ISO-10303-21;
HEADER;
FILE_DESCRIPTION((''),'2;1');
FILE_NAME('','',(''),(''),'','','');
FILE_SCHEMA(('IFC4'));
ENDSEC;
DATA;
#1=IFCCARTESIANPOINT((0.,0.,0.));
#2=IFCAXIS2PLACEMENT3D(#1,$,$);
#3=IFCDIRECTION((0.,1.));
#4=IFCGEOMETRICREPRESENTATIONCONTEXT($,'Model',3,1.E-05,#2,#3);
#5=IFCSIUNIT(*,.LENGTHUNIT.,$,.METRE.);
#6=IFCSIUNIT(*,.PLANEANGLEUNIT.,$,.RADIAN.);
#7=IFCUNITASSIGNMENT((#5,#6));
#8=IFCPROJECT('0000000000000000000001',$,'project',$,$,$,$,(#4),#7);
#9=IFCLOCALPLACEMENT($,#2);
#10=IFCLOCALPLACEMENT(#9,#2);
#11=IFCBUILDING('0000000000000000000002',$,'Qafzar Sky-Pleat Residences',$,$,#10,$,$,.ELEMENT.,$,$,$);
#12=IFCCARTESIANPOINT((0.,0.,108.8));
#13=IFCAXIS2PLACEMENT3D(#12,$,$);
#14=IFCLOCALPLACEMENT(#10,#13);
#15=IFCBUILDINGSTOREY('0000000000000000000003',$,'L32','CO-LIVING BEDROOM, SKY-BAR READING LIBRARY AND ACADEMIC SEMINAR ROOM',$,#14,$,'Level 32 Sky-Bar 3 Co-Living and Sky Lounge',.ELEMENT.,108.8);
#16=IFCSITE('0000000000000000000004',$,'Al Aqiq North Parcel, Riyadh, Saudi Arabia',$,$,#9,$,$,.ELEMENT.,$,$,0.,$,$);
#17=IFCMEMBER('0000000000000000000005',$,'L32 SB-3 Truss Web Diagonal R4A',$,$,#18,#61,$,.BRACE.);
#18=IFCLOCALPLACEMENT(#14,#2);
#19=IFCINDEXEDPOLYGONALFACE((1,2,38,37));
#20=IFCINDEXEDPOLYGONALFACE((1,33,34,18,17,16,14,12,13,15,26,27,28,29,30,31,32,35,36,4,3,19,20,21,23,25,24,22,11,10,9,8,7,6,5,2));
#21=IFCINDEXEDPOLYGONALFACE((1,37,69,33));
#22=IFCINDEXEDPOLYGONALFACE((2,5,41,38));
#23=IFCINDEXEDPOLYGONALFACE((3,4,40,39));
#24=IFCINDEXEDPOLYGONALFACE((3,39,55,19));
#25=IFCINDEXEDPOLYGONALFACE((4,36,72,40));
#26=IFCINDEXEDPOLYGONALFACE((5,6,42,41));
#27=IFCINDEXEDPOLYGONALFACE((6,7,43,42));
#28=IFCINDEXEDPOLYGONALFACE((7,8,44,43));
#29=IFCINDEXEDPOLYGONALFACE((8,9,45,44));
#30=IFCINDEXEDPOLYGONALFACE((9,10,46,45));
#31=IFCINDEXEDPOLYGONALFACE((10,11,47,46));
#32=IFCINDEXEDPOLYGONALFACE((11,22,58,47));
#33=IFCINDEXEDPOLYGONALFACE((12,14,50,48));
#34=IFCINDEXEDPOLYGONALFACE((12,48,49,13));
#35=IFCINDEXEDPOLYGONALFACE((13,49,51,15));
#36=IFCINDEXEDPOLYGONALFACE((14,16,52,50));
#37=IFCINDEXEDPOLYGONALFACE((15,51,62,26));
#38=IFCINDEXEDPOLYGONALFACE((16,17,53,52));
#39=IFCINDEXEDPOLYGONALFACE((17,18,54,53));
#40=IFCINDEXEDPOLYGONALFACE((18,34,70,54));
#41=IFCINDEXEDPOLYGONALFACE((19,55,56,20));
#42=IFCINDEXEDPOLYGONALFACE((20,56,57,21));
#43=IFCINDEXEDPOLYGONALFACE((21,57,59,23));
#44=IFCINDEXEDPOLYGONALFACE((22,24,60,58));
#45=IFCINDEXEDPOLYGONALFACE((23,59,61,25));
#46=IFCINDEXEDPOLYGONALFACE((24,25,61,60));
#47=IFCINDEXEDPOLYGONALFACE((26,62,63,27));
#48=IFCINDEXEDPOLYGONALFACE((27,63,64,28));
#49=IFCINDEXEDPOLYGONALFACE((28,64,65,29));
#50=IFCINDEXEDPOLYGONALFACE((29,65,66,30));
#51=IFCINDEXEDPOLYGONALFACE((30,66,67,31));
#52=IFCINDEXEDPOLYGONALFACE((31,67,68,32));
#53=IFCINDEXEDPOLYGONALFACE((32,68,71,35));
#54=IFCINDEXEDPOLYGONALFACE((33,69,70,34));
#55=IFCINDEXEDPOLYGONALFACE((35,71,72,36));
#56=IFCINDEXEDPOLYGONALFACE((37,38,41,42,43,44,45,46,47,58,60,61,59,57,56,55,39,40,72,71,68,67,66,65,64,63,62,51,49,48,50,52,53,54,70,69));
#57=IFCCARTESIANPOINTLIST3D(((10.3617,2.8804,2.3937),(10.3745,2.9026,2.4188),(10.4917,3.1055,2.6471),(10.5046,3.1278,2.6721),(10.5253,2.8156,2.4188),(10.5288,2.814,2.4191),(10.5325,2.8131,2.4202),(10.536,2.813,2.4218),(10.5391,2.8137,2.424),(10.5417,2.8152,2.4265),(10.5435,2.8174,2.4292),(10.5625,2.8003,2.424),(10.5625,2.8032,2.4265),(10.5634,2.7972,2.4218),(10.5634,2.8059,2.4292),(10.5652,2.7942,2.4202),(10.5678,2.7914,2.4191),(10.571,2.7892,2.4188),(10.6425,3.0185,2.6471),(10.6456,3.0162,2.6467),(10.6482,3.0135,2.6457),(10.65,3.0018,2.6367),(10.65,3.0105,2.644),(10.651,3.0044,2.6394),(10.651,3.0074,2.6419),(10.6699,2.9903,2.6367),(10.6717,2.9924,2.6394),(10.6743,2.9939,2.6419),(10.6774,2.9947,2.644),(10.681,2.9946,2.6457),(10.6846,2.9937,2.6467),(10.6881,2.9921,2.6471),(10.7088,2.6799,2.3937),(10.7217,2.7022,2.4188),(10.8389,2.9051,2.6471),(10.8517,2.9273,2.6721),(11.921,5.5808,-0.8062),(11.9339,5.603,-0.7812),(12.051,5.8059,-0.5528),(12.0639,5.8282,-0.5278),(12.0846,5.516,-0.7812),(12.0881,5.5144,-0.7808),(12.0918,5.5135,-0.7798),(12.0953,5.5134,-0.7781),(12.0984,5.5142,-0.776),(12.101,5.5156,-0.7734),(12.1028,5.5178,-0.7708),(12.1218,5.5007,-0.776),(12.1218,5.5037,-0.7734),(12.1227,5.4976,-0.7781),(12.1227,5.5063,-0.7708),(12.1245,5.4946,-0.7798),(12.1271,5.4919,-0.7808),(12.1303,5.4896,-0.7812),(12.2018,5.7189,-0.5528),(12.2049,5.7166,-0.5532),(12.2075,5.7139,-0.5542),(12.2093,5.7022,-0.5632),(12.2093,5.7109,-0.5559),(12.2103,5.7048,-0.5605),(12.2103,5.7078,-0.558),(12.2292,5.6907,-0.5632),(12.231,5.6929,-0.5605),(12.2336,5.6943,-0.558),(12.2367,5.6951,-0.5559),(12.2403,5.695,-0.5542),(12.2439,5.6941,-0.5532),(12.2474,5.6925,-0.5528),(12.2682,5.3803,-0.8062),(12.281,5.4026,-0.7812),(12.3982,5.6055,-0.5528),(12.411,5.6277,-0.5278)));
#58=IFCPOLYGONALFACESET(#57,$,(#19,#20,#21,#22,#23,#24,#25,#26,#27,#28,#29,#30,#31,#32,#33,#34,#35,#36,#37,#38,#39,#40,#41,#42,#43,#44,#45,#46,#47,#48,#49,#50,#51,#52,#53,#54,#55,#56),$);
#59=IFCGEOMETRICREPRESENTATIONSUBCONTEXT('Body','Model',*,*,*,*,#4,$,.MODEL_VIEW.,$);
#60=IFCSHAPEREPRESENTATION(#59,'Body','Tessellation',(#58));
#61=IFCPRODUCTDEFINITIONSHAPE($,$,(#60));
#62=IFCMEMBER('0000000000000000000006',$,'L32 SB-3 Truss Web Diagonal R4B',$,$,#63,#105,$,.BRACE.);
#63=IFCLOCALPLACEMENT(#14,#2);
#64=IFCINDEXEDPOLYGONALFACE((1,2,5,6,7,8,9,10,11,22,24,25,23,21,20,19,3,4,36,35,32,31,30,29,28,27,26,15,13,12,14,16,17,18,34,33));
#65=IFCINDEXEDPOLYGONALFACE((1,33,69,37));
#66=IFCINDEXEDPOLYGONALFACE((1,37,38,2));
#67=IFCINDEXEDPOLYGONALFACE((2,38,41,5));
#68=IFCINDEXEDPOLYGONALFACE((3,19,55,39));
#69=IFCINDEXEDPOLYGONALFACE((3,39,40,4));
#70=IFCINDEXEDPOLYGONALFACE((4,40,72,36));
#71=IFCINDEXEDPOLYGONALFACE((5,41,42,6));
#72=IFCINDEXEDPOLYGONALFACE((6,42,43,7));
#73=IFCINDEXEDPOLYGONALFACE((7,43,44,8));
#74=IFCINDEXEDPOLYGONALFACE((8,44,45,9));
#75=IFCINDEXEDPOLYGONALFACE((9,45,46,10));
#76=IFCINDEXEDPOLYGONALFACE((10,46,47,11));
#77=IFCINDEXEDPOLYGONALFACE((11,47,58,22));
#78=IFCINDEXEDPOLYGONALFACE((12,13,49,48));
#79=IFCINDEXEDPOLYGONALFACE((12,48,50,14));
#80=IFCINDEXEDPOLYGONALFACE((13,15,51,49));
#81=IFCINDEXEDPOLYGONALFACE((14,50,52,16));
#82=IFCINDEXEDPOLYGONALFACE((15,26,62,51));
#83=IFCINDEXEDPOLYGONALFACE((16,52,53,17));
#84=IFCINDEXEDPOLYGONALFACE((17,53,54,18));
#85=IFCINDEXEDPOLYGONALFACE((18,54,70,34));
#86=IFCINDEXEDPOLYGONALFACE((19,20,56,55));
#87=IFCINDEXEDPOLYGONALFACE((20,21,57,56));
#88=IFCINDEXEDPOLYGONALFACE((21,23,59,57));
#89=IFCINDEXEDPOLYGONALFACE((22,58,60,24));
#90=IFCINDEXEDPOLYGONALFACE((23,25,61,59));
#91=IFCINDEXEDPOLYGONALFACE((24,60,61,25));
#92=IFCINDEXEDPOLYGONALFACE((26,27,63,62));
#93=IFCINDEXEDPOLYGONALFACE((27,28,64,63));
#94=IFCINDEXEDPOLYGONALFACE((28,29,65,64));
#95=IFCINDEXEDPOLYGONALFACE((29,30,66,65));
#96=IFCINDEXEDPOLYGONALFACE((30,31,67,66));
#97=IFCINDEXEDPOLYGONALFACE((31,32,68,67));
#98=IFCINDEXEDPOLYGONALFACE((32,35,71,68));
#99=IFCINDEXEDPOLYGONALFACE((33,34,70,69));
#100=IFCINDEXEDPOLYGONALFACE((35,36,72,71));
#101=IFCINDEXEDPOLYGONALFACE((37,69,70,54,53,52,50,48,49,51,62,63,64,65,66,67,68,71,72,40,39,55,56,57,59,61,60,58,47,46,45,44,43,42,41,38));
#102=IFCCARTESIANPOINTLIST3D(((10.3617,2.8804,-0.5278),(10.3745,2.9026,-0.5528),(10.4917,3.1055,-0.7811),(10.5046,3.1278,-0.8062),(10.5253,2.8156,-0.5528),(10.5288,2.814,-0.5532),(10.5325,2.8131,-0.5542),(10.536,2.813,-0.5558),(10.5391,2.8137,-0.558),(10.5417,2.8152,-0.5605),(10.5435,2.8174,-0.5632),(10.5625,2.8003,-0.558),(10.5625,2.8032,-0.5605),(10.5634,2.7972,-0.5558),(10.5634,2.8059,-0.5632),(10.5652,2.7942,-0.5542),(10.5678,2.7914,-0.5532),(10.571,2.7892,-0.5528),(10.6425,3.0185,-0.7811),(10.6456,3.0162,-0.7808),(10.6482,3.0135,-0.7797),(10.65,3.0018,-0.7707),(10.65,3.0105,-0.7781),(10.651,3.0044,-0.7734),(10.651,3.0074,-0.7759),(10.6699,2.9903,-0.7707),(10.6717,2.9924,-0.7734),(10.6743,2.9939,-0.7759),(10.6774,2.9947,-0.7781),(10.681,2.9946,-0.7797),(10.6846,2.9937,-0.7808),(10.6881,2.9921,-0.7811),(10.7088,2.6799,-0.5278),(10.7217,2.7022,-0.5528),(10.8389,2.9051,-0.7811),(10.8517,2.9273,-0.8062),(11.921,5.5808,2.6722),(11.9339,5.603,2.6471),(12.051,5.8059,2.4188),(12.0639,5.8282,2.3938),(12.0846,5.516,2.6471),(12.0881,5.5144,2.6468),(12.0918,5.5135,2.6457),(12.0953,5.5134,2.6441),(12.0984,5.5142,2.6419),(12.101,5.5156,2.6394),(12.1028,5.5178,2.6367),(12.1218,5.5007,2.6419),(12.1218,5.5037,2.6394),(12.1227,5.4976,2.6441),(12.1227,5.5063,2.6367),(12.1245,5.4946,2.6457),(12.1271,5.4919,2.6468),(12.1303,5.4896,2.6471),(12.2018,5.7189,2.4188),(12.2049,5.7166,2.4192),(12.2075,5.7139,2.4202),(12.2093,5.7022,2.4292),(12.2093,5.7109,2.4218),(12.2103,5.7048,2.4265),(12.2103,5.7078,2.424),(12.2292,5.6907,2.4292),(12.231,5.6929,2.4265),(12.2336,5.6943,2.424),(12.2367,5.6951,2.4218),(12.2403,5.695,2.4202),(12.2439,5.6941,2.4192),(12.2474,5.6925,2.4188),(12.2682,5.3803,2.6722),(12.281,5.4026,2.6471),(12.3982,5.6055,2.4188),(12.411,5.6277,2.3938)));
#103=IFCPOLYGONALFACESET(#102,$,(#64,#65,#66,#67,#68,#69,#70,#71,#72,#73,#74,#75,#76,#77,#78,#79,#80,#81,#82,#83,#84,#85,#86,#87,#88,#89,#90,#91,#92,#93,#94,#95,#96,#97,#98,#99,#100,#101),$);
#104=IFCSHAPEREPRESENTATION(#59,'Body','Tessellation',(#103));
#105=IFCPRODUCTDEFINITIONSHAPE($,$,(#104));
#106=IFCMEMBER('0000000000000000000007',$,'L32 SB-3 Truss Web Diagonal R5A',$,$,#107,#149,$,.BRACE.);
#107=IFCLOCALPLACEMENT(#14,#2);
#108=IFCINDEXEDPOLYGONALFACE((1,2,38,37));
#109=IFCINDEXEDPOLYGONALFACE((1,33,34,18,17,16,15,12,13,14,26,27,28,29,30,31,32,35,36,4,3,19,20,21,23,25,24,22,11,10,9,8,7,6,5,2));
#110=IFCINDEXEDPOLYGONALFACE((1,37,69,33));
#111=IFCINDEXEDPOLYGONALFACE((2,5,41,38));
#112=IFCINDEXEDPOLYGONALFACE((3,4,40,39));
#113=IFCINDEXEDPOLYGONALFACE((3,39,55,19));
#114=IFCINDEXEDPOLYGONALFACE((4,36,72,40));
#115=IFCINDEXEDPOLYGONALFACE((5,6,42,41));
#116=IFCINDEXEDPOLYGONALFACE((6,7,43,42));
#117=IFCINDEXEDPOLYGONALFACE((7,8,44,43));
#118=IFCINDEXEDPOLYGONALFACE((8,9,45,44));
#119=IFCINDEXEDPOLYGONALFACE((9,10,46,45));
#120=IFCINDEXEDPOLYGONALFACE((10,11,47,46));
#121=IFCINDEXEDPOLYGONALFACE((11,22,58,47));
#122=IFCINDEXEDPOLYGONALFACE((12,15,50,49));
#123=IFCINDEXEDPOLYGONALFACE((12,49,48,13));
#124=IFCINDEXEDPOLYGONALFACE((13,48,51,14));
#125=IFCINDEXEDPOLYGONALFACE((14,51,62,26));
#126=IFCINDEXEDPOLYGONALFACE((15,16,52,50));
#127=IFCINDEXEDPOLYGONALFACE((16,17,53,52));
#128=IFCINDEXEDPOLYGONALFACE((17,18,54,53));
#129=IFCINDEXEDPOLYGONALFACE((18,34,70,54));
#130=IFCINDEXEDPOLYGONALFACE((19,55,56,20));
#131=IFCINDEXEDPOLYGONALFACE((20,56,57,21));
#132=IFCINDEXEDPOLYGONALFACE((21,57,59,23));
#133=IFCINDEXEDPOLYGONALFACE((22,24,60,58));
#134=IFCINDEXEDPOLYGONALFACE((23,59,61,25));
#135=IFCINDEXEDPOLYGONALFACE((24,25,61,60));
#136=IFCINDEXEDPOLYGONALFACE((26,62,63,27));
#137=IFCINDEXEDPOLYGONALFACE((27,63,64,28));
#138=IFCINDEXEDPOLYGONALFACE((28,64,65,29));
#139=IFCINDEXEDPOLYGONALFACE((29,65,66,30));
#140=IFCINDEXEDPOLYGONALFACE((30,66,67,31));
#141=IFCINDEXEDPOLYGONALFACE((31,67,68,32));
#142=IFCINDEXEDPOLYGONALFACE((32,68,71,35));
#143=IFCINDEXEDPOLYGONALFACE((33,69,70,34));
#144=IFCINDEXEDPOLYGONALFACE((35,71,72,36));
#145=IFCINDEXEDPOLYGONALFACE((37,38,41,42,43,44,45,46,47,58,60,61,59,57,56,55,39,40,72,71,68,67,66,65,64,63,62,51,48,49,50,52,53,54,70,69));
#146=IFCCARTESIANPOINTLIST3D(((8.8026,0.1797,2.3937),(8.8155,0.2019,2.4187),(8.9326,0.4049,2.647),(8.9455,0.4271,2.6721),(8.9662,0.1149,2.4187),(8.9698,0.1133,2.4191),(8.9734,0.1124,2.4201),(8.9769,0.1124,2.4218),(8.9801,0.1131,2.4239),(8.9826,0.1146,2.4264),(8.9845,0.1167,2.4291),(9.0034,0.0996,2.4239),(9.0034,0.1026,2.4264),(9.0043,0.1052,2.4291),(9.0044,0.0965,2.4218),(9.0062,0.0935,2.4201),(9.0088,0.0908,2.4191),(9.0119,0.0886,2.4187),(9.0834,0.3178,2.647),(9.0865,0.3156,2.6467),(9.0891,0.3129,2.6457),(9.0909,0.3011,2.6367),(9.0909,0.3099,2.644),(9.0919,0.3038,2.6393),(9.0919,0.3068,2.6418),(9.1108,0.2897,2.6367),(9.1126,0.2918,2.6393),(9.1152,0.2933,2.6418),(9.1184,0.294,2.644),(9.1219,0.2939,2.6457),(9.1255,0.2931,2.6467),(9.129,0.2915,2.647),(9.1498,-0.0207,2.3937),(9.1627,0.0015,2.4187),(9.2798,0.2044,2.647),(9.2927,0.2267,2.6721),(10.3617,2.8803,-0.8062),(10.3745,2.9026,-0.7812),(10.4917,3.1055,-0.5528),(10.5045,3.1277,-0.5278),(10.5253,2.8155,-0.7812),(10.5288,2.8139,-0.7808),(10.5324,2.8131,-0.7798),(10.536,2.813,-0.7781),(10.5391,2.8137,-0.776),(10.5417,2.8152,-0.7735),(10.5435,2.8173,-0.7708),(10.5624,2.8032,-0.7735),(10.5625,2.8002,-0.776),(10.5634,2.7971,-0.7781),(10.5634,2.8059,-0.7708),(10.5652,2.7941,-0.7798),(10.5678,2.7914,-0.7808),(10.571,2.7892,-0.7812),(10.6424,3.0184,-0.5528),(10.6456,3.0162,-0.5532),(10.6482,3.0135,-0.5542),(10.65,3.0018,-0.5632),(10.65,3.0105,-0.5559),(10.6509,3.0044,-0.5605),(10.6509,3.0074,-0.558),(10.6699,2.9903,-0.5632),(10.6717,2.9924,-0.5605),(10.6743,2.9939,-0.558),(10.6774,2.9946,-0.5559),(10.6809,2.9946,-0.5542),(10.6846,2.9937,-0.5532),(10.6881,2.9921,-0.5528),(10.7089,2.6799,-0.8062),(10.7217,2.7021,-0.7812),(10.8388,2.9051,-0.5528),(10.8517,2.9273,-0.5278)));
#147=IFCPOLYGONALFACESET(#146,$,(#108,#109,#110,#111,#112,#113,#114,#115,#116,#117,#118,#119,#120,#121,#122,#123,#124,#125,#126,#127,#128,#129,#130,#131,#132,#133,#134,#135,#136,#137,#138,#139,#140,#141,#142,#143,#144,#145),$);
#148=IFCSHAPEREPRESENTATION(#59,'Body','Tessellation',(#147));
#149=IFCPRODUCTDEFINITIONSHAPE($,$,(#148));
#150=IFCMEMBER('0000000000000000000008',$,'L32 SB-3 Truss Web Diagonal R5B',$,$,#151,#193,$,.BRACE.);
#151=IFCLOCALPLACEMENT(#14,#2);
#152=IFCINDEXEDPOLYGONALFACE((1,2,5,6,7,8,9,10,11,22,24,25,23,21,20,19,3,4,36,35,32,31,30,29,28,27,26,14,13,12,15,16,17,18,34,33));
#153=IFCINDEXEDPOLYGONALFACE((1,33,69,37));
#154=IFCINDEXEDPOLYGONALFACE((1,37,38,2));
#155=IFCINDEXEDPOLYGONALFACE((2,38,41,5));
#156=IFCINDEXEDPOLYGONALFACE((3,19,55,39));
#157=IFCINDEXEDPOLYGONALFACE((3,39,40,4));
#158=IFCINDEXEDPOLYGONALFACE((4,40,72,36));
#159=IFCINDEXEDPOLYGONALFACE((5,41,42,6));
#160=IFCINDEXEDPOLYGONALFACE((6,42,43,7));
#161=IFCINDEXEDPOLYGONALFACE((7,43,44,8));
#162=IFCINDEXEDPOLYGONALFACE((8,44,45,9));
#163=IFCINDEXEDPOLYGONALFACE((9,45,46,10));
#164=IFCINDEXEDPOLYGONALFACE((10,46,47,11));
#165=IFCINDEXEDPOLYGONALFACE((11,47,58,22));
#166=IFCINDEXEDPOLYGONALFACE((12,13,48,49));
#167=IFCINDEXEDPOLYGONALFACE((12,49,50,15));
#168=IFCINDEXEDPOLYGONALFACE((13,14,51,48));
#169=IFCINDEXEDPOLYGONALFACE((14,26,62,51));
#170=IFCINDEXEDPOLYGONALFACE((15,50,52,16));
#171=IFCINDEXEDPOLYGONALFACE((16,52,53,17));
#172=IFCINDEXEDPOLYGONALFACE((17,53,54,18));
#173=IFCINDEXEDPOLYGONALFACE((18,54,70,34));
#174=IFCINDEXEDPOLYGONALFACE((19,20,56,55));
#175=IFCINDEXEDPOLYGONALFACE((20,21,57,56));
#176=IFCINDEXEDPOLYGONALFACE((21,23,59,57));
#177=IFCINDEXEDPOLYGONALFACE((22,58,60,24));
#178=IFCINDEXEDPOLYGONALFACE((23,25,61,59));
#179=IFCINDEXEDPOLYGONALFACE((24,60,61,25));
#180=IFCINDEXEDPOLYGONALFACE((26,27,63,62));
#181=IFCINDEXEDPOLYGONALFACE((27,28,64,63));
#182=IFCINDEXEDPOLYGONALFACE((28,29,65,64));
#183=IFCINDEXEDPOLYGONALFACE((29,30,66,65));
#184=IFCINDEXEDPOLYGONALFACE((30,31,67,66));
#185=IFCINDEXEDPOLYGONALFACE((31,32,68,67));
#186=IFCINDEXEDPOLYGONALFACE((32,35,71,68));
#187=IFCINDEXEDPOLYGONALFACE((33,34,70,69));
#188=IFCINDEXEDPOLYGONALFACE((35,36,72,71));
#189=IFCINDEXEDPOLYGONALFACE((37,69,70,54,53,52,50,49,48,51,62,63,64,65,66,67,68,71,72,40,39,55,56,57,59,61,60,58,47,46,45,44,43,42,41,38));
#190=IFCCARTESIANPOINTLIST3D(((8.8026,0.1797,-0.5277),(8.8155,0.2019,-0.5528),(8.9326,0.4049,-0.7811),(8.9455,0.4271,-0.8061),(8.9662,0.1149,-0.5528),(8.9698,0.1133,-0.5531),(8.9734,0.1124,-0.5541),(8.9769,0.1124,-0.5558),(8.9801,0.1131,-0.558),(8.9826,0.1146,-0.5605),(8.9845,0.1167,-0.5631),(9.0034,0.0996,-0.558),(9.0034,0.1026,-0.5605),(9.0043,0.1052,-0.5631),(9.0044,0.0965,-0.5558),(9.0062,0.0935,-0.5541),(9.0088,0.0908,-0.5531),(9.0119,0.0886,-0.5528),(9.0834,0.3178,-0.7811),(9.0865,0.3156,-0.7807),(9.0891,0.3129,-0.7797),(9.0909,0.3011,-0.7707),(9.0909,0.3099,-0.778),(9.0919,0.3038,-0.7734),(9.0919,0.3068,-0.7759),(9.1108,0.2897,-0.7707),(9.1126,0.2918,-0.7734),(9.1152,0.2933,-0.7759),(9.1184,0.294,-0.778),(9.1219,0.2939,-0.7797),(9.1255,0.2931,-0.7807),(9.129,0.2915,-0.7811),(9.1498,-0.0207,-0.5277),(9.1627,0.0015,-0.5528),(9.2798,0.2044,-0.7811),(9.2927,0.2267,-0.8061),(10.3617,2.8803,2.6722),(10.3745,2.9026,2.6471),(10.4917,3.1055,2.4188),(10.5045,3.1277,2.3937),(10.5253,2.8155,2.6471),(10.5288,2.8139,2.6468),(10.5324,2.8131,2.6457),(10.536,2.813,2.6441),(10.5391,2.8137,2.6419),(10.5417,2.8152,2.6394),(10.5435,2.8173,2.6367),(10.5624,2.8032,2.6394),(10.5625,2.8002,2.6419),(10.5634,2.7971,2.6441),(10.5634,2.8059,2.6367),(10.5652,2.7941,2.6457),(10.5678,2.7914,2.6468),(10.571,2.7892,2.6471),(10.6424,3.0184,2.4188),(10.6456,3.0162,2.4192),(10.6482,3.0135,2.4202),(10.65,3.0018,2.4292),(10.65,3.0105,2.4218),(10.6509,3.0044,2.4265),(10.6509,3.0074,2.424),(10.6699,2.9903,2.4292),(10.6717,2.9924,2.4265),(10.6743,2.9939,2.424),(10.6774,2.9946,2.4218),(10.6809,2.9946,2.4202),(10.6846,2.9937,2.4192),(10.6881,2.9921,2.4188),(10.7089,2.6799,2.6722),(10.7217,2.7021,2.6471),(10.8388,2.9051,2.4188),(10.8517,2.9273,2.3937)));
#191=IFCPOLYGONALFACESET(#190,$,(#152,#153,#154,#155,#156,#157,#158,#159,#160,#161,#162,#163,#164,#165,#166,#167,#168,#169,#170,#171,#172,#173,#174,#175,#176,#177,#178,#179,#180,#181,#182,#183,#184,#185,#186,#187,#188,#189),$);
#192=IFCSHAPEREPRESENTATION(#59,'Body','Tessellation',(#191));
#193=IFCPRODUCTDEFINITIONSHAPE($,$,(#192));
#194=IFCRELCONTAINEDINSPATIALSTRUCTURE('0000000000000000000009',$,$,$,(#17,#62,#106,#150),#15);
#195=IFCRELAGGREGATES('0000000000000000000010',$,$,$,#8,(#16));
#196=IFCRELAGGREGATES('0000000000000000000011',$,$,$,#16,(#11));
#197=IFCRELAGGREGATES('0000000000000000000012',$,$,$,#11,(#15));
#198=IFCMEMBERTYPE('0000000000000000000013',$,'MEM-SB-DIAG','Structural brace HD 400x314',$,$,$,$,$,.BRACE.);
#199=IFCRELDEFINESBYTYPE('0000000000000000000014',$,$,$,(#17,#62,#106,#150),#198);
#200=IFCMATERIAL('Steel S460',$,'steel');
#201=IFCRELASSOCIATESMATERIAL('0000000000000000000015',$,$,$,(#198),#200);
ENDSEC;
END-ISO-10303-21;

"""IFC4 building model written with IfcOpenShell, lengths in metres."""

from ifc_helpers import new_model, si_unit, direction, frame, origin, origin_2d, place, context, subcontext, project, spatial, i_section, extrude, source, transform, mapped, material, material_profile, profile_set, type_object, element, save


model = new_model("IFC4")

# Units and contexts
model_context = context("Model", 3, precision=1e-05, world=origin(), true_north=direction((0.0, 1.0)))
body_context = subcontext(model_context, "Body", "Model", "MODEL_VIEW")
ifc_project = project(units=[si_unit("LENGTHUNIT", "METRE"), si_unit("PLANEANGLEUNIT", "RADIAN")], contexts=[model_context])

# Site, building, storey
site_placement = place(None, origin())
site = spatial("IfcSite", under=ifc_project, at=site_placement, Name="Al Aqiq North Parcel, Riyadh, Saudi Arabia", CompositionType="ELEMENT", RefElevation=0.0)
building_placement = place(site_placement, origin())
building = spatial("IfcBuilding", under=site, at=building_placement, Name="Qafzar Sky-Pleat Residences", CompositionType="ELEMENT")
storey_placement = place(building_placement, frame((0.0, 0.0, 108.8)))
storey = spatial("IfcBuildingStorey", under=building, at=storey_placement, Name="L32", Description="CO-LIVING BEDROOM, SKY-BAR READING LIBRARY AND ACADEMIC SEMINAR ROOM", LongName="Level 32 Sky-Bar 3 Co-Living and Sky Lounge", CompositionType="ELEMENT", Elevation=108.8)

# Shared definitions
ifc_material_1 = material(Name="Steel S460", Category="steel")

# Members
ifc_material_profile_1 = material_profile(ifc_material_1, i_section(OverallWidth=0.4009, OverallDepth=0.3989, WebThickness=0.0229, FlangeThickness=0.0359, FilletRadius=0.0149, at=origin_2d()), Name="HD 400x314")
ifc_profile_set_1 = profile_set([ifc_material_profile_1], Name="Steel S460")
member_type = type_object("IfcMemberType", Name="MEM-SB-DIAG", Description="Structural brace HD 400x314", PredefinedType="BRACE", material=ifc_profile_set_1)
shared_shape_1 = source(origin(), body_context, "Body", "SweptSolid", [
    extrude(i_section(OverallWidth=0.4009, OverallDepth=0.3989, WebThickness=0.0229, FlangeThickness=0.0359, FilletRadius=0.0149, at=origin_2d()), origin(), (0.0, 0.0, 1.0), 4.468),
])
for number, where, z_axis, x_axis, name in (
    (1, (12.166, 5.6042, -0.667), (-0.348994, -0.604387, 0.716184), (0.865994, -0.500055, 0.0), "L32 SB-3 Truss Web Diagonal R4A"),
    (2, (12.166, 5.6042, 2.533), (-0.348994, -0.604387, -0.716184), (0.865994, -0.500055, 0.0), "L32 SB-3 Truss Web Diagonal R4B"),
    (3, (10.6067, 2.9038, -0.667), (-0.348935, -0.604434, 0.716174), (0.866047, -0.499962, 0.0), "L32 SB-3 Truss Web Diagonal R5A"),
    (4, (10.6067, 2.9038, 2.533), (-0.348935, -0.604434, -0.716174), (0.866047, -0.499962, 0.0), "L32 SB-3 Truss Web Diagonal R5B"),
):
    element("IfcMember", number, at=place(storey_placement, frame(where, z_axis=z_axis, x_axis=x_axis)), inside=storey, type_object=member_type, Name=name, PredefinedType="BRACE", context=body_context, shape_type="MappedRepresentation", body=[
        mapped(shared_shape_1, transform((0.0, 0.0, 0.0), x_axis=(1.0, 0.0, 0.0), y_axis=(0.0, 1.0, 0.0), z_axis=(0.0, 0.0, 1.0), scale=1.0)),
    ])

save(model, "model.ifc")
